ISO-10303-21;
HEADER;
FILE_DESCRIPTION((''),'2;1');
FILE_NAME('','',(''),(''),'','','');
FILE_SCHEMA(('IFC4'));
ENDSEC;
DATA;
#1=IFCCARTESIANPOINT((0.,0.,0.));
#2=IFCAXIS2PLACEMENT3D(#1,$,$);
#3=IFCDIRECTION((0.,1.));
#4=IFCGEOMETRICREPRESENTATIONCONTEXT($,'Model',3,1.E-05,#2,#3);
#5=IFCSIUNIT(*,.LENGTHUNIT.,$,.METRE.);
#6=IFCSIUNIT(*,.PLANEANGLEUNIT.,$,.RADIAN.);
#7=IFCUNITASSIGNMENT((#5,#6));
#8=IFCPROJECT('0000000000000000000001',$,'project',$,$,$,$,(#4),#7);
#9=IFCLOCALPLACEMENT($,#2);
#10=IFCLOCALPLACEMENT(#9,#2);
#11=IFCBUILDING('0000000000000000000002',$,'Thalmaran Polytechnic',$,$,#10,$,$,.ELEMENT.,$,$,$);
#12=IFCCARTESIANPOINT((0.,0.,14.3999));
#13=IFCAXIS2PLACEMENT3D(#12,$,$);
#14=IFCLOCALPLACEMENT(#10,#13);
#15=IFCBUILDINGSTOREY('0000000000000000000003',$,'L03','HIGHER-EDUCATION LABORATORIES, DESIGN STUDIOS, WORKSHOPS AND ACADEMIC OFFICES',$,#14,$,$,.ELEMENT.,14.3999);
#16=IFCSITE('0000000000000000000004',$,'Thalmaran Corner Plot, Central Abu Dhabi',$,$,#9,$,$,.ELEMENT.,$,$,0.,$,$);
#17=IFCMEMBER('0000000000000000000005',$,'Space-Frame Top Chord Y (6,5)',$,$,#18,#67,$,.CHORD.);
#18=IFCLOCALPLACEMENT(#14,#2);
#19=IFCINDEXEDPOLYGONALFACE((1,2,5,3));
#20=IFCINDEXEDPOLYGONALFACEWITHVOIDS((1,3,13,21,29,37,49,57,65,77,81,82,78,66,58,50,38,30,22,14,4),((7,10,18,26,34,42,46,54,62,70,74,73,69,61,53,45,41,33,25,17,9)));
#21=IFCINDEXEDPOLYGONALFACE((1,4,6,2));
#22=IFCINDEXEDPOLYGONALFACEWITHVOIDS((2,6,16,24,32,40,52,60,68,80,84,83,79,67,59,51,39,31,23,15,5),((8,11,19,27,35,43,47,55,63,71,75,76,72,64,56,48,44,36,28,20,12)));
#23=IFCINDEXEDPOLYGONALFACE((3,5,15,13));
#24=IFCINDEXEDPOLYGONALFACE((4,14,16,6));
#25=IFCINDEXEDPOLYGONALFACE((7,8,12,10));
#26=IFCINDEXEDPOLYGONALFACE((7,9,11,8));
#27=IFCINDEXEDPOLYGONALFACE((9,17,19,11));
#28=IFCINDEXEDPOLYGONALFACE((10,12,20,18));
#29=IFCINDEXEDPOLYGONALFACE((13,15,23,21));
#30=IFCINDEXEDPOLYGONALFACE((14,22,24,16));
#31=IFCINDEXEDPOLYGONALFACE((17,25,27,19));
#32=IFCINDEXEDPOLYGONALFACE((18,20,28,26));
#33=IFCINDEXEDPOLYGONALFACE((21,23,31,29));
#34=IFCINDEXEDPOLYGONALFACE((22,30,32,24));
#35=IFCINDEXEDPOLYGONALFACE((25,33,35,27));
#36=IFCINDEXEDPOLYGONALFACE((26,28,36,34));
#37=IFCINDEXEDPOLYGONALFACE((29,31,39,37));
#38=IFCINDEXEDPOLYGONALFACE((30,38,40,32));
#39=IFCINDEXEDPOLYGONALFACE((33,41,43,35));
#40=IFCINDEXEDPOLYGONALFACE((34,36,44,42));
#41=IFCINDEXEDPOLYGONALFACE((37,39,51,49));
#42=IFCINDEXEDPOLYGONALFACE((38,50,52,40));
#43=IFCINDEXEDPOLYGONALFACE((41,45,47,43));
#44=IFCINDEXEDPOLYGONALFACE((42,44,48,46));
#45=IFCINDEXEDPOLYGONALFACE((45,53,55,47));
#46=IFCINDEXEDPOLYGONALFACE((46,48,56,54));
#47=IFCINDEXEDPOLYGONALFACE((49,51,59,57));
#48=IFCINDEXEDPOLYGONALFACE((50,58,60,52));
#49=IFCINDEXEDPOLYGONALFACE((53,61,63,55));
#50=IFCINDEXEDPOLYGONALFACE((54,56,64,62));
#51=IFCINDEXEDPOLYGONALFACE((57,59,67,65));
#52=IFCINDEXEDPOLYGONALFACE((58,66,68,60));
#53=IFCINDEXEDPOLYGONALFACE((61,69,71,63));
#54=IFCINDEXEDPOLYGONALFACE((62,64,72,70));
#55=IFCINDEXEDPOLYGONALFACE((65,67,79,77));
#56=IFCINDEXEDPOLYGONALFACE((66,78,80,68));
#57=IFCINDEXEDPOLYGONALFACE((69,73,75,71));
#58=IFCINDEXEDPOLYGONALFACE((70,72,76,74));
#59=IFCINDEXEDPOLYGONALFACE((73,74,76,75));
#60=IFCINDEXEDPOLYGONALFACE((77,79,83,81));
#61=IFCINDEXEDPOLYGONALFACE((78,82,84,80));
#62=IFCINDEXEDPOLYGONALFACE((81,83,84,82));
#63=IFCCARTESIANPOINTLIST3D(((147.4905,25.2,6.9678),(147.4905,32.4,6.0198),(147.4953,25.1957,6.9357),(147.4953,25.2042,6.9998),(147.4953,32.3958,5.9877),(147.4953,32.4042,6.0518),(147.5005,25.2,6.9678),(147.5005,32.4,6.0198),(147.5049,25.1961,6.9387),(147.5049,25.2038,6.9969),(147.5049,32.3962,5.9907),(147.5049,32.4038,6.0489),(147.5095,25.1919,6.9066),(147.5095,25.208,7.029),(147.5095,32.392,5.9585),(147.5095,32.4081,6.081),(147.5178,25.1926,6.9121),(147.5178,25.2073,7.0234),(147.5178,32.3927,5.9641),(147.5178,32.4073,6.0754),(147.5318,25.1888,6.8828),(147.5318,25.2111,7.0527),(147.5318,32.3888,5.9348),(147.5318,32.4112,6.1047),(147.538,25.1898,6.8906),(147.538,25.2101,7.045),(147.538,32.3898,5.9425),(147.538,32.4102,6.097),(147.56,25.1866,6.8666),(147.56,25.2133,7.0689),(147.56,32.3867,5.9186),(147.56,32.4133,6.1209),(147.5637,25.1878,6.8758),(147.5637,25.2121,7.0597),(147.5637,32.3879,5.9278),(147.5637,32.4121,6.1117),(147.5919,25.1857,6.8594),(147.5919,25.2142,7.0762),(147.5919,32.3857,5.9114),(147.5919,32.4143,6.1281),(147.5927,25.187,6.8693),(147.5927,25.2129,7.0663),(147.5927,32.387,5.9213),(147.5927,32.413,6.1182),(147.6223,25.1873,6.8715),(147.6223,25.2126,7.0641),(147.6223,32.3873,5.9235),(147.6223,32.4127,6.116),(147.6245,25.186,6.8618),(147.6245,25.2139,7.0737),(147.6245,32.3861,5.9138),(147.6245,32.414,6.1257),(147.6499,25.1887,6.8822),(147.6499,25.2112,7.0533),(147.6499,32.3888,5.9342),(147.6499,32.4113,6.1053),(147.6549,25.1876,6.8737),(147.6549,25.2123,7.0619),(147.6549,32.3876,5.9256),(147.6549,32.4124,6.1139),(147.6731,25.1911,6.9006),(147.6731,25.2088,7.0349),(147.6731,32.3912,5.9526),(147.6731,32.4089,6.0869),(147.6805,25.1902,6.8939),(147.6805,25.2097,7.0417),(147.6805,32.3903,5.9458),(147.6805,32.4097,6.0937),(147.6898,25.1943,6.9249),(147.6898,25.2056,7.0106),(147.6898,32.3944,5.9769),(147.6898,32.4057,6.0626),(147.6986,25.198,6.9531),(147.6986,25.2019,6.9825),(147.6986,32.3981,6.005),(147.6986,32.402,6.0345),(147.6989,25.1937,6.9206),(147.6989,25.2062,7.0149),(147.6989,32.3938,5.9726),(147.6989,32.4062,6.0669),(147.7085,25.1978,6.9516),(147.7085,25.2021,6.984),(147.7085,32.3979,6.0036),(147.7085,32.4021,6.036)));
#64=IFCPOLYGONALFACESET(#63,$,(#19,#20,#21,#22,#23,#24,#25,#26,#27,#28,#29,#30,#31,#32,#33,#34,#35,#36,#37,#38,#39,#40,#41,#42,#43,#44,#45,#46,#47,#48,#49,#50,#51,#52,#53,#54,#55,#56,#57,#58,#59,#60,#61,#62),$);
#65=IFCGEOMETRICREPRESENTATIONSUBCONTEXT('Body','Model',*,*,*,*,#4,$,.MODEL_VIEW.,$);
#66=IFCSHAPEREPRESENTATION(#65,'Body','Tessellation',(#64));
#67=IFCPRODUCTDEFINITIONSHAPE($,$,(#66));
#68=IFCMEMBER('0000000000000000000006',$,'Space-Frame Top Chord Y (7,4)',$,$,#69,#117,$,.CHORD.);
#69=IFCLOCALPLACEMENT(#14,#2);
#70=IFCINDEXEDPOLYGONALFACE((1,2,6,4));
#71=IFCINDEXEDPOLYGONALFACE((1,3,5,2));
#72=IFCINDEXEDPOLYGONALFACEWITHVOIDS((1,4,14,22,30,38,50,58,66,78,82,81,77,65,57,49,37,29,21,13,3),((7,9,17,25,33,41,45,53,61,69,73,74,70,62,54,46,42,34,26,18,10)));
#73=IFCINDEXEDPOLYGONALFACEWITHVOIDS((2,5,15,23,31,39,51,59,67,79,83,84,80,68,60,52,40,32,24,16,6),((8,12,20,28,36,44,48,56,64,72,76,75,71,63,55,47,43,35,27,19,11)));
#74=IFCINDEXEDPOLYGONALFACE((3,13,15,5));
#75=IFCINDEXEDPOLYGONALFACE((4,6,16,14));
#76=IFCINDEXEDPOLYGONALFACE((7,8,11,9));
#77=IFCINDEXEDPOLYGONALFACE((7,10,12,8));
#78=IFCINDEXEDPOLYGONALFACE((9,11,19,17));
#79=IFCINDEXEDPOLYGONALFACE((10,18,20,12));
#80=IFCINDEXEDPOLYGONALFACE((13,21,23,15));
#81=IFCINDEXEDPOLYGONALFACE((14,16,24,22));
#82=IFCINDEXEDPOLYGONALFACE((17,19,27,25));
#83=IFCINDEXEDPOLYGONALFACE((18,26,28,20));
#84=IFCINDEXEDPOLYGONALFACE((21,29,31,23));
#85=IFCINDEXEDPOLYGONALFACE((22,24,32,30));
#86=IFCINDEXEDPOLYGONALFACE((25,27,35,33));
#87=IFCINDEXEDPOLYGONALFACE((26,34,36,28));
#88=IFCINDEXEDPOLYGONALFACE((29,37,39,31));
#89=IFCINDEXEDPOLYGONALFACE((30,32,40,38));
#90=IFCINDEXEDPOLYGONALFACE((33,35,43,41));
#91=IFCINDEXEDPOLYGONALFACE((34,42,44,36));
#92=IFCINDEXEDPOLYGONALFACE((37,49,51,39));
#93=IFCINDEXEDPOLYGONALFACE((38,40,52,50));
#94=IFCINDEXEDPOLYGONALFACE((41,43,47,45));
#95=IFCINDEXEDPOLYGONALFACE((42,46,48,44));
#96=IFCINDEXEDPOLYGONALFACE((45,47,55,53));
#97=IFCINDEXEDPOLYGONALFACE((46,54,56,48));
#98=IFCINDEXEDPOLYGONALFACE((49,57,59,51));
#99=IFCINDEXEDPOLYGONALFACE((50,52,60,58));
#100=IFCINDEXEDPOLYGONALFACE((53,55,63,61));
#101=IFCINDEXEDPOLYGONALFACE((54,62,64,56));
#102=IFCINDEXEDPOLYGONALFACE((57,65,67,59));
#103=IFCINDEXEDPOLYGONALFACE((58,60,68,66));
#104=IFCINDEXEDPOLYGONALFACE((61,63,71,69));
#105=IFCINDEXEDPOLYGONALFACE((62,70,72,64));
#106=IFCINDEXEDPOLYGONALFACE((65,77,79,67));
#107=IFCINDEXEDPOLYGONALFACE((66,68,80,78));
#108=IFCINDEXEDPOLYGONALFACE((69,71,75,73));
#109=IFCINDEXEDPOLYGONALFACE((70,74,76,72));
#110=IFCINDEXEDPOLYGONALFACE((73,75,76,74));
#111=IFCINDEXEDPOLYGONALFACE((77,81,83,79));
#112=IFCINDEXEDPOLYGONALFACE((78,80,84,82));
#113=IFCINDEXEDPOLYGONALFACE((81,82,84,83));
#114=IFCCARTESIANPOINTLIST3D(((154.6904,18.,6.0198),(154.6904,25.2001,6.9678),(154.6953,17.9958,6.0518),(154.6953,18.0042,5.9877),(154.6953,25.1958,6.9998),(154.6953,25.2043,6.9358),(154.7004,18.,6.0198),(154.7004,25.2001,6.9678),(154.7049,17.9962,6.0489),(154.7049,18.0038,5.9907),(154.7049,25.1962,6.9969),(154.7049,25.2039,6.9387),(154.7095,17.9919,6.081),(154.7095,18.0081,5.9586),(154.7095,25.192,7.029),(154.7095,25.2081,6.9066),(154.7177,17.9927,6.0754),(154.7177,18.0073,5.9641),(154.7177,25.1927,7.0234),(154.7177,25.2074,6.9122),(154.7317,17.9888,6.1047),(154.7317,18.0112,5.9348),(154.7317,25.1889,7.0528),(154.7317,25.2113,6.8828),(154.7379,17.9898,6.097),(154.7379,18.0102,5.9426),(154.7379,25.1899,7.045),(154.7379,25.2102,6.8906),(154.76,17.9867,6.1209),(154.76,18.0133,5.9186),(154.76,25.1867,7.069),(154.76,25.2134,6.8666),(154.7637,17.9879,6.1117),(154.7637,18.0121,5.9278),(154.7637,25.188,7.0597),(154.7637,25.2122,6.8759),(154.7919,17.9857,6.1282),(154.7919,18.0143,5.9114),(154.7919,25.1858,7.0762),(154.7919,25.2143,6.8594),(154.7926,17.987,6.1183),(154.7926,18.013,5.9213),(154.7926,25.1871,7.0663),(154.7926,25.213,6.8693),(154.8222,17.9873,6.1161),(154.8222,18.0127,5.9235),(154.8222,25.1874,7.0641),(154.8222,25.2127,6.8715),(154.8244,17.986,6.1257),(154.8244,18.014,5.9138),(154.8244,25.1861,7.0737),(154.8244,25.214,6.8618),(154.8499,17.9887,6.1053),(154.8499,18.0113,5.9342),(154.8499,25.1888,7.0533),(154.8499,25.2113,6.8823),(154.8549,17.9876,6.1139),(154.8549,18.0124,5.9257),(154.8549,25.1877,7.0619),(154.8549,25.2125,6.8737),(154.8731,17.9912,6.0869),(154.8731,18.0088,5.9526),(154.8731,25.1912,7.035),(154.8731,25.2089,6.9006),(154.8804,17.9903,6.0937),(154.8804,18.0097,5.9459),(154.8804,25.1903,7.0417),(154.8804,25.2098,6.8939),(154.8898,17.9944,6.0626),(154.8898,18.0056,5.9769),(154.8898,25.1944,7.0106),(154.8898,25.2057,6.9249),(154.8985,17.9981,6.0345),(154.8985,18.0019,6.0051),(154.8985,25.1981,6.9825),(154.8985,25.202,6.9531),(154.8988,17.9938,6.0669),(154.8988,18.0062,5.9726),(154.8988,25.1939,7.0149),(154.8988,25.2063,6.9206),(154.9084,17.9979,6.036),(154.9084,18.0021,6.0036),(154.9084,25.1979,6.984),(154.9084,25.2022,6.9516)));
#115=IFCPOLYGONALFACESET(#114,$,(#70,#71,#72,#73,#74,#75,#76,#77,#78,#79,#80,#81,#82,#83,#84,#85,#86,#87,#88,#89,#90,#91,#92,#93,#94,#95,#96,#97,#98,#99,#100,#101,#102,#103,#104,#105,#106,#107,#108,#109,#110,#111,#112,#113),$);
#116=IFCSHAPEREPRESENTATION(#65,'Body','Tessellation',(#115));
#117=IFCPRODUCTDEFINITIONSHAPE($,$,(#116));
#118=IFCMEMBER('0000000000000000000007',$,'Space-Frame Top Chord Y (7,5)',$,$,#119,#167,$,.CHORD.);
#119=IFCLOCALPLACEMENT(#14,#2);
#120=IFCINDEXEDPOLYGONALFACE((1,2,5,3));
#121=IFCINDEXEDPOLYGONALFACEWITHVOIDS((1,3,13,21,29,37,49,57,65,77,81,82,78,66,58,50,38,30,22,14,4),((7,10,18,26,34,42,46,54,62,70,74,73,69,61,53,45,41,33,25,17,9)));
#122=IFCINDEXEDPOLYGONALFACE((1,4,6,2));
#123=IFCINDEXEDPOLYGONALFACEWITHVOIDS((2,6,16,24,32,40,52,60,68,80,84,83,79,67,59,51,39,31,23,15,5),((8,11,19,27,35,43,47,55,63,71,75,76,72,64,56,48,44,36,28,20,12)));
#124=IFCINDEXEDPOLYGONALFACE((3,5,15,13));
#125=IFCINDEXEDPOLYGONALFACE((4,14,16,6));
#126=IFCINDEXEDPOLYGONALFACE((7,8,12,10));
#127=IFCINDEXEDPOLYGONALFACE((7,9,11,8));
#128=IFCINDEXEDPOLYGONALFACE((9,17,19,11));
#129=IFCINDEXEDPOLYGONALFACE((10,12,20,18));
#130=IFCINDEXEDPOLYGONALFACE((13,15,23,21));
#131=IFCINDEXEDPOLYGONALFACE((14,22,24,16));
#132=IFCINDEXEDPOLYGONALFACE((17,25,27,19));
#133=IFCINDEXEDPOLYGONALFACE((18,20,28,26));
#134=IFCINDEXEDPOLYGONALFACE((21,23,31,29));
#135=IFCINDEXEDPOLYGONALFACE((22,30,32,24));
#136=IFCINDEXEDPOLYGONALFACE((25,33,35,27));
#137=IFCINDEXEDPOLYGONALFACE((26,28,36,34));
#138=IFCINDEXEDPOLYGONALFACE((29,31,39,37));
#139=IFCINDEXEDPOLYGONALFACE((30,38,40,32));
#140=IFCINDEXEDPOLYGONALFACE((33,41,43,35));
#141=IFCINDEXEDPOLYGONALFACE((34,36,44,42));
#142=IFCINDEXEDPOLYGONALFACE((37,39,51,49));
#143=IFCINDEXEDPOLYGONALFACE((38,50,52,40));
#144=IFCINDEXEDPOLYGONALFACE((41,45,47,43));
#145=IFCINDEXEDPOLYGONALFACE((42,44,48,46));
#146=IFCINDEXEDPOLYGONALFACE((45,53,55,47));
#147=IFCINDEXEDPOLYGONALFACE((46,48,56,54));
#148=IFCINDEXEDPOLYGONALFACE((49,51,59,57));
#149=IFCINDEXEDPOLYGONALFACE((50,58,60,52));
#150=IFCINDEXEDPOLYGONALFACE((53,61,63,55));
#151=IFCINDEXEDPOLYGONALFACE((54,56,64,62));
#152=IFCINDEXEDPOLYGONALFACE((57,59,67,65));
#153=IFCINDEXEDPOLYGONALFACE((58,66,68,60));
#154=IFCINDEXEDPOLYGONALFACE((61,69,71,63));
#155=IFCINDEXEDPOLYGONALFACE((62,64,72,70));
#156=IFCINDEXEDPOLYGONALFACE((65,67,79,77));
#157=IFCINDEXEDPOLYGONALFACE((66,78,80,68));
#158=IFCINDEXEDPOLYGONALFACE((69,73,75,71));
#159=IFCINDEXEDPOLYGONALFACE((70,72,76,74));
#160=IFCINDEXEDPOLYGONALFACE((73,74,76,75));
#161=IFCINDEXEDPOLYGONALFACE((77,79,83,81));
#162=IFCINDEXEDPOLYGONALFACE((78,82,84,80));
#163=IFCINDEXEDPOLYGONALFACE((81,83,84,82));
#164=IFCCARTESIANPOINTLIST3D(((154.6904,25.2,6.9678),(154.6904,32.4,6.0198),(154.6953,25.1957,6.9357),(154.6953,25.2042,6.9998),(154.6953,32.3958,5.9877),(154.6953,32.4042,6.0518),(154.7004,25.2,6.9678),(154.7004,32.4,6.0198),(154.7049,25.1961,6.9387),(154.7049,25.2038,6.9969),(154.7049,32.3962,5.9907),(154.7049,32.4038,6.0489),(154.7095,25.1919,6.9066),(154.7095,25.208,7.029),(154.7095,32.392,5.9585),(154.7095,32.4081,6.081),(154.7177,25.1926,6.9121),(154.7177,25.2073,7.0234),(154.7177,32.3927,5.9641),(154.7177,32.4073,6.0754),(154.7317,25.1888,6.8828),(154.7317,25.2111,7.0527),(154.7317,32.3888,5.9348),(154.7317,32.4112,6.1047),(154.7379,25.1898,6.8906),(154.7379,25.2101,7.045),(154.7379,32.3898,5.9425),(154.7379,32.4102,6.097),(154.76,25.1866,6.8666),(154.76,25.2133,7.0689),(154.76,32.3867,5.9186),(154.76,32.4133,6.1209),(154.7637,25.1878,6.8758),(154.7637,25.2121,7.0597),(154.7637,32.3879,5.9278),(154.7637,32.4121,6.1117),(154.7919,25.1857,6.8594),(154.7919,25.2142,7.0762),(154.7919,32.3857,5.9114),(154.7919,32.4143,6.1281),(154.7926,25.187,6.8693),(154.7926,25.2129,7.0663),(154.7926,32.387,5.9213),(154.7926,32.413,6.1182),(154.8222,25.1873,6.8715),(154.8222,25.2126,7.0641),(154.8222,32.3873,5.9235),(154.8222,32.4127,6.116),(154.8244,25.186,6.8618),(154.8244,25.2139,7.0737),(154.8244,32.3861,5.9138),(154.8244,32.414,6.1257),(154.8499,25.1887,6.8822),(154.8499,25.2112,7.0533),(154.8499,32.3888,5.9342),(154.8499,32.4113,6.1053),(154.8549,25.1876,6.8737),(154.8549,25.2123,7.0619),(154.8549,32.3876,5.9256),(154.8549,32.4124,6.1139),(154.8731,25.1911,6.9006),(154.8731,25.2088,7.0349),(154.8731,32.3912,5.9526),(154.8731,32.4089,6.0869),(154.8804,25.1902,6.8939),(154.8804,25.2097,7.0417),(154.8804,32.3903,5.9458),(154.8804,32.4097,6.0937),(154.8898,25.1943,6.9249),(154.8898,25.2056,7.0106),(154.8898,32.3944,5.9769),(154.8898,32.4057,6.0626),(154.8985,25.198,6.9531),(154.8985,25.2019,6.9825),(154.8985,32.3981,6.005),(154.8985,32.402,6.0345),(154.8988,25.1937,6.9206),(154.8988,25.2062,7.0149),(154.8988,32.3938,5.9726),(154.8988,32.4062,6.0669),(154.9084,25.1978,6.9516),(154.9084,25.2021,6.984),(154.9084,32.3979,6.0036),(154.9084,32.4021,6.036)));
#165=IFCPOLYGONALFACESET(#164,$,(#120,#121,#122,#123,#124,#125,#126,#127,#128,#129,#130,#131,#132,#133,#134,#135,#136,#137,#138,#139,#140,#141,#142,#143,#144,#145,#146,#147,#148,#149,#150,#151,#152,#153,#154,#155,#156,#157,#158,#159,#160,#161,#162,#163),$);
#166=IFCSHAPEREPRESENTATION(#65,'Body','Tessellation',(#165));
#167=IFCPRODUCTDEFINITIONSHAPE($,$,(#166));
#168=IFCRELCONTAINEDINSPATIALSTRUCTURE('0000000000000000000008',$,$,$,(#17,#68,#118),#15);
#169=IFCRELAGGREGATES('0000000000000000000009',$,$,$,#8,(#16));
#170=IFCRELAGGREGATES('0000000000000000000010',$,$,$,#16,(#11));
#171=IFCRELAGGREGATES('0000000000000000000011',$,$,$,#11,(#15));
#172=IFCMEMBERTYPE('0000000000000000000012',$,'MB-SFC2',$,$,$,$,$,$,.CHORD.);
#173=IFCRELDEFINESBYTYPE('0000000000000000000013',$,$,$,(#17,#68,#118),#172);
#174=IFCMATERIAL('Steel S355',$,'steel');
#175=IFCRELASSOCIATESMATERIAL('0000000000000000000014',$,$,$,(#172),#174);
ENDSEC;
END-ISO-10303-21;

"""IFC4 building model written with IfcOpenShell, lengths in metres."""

from ifc_helpers import new_model, si_unit, direction, frame, origin, origin_2d, place, context, subcontext, project, spatial, hollow_circle, extrude, material, material_profile, profile_set, type_object, element, save


model = new_model("IFC4")

# Units and contexts
model_context = context("Model", 3, precision=1e-05, world=origin(), true_north=direction((0.0, 1.0)))
body_context = subcontext(model_context, "Body", "Model", "MODEL_VIEW")
ifc_project = project(units=[si_unit("LENGTHUNIT", "METRE"), si_unit("PLANEANGLEUNIT", "RADIAN")], contexts=[model_context])

# Site, building, storey
site_placement = place(None, origin())
site = spatial("IfcSite", under=ifc_project, at=site_placement, Name="Thalmaran Corner Plot, Central Abu Dhabi", CompositionType="ELEMENT", RefElevation=0.0)
building_placement = place(site_placement, origin())
building = spatial("IfcBuilding", under=site, at=building_placement, Name="Thalmaran Polytechnic", CompositionType="ELEMENT")
storey_placement = place(building_placement, frame((0.0, 0.0, 14.3999)))
storey = spatial("IfcBuildingStorey", under=building, at=storey_placement, Name="L03", Description="HIGHER-EDUCATION LABORATORIES, DESIGN STUDIOS, WORKSHOPS AND ACADEMIC OFFICES", CompositionType="ELEMENT", Elevation=14.3999)

# Members
ifc_material = material(Name="Steel S355", Category="steel")
ifc_material_profile_1 = material_profile(ifc_material, hollow_circle(Radius=0.1096, WallThickness=0.01, at=origin_2d()), Name="CHS 219.1x10.0")
ifc_profile_set_1 = profile_set([ifc_material_profile_1], Name="Steel S355")
member_type_1 = type_object("IfcMemberType", Name="MB-SFC2", PredefinedType="CHORD", material=ifc_profile_set_1)
for number, where, z_axis, x_axis, name in (
    (1, (147.6001, 25.2, 6.9678), (0.0, 0.991443, -0.130541), (-1.0, 0.0, 0.0), "Space-Frame Top Chord Y (6,5)"),
    (2, (154.8, 18.0, 6.0198), (0.0, 0.991443, 0.130541), (-1.0, 0.0, 0.0), "Space-Frame Top Chord Y (7,4)"),
    (3, (154.8, 25.2, 6.9678), (0.0, 0.991443, -0.130541), (-1.0, 0.0, 0.0), "Space-Frame Top Chord Y (7,5)"),
):
    element("IfcMember", number, at=place(storey_placement, frame(where, z_axis=z_axis, x_axis=x_axis)), inside=storey, type_object=member_type_1, Name=name, PredefinedType="CHORD", context=body_context, shape_type="SweptSolid", body=[
        extrude(hollow_circle(Radius=0.1096, WallThickness=0.01, at=origin_2d()), origin(), (0.0, 0.0, 1.0), 7.2622),
    ])

save(model, "model.ifc")
